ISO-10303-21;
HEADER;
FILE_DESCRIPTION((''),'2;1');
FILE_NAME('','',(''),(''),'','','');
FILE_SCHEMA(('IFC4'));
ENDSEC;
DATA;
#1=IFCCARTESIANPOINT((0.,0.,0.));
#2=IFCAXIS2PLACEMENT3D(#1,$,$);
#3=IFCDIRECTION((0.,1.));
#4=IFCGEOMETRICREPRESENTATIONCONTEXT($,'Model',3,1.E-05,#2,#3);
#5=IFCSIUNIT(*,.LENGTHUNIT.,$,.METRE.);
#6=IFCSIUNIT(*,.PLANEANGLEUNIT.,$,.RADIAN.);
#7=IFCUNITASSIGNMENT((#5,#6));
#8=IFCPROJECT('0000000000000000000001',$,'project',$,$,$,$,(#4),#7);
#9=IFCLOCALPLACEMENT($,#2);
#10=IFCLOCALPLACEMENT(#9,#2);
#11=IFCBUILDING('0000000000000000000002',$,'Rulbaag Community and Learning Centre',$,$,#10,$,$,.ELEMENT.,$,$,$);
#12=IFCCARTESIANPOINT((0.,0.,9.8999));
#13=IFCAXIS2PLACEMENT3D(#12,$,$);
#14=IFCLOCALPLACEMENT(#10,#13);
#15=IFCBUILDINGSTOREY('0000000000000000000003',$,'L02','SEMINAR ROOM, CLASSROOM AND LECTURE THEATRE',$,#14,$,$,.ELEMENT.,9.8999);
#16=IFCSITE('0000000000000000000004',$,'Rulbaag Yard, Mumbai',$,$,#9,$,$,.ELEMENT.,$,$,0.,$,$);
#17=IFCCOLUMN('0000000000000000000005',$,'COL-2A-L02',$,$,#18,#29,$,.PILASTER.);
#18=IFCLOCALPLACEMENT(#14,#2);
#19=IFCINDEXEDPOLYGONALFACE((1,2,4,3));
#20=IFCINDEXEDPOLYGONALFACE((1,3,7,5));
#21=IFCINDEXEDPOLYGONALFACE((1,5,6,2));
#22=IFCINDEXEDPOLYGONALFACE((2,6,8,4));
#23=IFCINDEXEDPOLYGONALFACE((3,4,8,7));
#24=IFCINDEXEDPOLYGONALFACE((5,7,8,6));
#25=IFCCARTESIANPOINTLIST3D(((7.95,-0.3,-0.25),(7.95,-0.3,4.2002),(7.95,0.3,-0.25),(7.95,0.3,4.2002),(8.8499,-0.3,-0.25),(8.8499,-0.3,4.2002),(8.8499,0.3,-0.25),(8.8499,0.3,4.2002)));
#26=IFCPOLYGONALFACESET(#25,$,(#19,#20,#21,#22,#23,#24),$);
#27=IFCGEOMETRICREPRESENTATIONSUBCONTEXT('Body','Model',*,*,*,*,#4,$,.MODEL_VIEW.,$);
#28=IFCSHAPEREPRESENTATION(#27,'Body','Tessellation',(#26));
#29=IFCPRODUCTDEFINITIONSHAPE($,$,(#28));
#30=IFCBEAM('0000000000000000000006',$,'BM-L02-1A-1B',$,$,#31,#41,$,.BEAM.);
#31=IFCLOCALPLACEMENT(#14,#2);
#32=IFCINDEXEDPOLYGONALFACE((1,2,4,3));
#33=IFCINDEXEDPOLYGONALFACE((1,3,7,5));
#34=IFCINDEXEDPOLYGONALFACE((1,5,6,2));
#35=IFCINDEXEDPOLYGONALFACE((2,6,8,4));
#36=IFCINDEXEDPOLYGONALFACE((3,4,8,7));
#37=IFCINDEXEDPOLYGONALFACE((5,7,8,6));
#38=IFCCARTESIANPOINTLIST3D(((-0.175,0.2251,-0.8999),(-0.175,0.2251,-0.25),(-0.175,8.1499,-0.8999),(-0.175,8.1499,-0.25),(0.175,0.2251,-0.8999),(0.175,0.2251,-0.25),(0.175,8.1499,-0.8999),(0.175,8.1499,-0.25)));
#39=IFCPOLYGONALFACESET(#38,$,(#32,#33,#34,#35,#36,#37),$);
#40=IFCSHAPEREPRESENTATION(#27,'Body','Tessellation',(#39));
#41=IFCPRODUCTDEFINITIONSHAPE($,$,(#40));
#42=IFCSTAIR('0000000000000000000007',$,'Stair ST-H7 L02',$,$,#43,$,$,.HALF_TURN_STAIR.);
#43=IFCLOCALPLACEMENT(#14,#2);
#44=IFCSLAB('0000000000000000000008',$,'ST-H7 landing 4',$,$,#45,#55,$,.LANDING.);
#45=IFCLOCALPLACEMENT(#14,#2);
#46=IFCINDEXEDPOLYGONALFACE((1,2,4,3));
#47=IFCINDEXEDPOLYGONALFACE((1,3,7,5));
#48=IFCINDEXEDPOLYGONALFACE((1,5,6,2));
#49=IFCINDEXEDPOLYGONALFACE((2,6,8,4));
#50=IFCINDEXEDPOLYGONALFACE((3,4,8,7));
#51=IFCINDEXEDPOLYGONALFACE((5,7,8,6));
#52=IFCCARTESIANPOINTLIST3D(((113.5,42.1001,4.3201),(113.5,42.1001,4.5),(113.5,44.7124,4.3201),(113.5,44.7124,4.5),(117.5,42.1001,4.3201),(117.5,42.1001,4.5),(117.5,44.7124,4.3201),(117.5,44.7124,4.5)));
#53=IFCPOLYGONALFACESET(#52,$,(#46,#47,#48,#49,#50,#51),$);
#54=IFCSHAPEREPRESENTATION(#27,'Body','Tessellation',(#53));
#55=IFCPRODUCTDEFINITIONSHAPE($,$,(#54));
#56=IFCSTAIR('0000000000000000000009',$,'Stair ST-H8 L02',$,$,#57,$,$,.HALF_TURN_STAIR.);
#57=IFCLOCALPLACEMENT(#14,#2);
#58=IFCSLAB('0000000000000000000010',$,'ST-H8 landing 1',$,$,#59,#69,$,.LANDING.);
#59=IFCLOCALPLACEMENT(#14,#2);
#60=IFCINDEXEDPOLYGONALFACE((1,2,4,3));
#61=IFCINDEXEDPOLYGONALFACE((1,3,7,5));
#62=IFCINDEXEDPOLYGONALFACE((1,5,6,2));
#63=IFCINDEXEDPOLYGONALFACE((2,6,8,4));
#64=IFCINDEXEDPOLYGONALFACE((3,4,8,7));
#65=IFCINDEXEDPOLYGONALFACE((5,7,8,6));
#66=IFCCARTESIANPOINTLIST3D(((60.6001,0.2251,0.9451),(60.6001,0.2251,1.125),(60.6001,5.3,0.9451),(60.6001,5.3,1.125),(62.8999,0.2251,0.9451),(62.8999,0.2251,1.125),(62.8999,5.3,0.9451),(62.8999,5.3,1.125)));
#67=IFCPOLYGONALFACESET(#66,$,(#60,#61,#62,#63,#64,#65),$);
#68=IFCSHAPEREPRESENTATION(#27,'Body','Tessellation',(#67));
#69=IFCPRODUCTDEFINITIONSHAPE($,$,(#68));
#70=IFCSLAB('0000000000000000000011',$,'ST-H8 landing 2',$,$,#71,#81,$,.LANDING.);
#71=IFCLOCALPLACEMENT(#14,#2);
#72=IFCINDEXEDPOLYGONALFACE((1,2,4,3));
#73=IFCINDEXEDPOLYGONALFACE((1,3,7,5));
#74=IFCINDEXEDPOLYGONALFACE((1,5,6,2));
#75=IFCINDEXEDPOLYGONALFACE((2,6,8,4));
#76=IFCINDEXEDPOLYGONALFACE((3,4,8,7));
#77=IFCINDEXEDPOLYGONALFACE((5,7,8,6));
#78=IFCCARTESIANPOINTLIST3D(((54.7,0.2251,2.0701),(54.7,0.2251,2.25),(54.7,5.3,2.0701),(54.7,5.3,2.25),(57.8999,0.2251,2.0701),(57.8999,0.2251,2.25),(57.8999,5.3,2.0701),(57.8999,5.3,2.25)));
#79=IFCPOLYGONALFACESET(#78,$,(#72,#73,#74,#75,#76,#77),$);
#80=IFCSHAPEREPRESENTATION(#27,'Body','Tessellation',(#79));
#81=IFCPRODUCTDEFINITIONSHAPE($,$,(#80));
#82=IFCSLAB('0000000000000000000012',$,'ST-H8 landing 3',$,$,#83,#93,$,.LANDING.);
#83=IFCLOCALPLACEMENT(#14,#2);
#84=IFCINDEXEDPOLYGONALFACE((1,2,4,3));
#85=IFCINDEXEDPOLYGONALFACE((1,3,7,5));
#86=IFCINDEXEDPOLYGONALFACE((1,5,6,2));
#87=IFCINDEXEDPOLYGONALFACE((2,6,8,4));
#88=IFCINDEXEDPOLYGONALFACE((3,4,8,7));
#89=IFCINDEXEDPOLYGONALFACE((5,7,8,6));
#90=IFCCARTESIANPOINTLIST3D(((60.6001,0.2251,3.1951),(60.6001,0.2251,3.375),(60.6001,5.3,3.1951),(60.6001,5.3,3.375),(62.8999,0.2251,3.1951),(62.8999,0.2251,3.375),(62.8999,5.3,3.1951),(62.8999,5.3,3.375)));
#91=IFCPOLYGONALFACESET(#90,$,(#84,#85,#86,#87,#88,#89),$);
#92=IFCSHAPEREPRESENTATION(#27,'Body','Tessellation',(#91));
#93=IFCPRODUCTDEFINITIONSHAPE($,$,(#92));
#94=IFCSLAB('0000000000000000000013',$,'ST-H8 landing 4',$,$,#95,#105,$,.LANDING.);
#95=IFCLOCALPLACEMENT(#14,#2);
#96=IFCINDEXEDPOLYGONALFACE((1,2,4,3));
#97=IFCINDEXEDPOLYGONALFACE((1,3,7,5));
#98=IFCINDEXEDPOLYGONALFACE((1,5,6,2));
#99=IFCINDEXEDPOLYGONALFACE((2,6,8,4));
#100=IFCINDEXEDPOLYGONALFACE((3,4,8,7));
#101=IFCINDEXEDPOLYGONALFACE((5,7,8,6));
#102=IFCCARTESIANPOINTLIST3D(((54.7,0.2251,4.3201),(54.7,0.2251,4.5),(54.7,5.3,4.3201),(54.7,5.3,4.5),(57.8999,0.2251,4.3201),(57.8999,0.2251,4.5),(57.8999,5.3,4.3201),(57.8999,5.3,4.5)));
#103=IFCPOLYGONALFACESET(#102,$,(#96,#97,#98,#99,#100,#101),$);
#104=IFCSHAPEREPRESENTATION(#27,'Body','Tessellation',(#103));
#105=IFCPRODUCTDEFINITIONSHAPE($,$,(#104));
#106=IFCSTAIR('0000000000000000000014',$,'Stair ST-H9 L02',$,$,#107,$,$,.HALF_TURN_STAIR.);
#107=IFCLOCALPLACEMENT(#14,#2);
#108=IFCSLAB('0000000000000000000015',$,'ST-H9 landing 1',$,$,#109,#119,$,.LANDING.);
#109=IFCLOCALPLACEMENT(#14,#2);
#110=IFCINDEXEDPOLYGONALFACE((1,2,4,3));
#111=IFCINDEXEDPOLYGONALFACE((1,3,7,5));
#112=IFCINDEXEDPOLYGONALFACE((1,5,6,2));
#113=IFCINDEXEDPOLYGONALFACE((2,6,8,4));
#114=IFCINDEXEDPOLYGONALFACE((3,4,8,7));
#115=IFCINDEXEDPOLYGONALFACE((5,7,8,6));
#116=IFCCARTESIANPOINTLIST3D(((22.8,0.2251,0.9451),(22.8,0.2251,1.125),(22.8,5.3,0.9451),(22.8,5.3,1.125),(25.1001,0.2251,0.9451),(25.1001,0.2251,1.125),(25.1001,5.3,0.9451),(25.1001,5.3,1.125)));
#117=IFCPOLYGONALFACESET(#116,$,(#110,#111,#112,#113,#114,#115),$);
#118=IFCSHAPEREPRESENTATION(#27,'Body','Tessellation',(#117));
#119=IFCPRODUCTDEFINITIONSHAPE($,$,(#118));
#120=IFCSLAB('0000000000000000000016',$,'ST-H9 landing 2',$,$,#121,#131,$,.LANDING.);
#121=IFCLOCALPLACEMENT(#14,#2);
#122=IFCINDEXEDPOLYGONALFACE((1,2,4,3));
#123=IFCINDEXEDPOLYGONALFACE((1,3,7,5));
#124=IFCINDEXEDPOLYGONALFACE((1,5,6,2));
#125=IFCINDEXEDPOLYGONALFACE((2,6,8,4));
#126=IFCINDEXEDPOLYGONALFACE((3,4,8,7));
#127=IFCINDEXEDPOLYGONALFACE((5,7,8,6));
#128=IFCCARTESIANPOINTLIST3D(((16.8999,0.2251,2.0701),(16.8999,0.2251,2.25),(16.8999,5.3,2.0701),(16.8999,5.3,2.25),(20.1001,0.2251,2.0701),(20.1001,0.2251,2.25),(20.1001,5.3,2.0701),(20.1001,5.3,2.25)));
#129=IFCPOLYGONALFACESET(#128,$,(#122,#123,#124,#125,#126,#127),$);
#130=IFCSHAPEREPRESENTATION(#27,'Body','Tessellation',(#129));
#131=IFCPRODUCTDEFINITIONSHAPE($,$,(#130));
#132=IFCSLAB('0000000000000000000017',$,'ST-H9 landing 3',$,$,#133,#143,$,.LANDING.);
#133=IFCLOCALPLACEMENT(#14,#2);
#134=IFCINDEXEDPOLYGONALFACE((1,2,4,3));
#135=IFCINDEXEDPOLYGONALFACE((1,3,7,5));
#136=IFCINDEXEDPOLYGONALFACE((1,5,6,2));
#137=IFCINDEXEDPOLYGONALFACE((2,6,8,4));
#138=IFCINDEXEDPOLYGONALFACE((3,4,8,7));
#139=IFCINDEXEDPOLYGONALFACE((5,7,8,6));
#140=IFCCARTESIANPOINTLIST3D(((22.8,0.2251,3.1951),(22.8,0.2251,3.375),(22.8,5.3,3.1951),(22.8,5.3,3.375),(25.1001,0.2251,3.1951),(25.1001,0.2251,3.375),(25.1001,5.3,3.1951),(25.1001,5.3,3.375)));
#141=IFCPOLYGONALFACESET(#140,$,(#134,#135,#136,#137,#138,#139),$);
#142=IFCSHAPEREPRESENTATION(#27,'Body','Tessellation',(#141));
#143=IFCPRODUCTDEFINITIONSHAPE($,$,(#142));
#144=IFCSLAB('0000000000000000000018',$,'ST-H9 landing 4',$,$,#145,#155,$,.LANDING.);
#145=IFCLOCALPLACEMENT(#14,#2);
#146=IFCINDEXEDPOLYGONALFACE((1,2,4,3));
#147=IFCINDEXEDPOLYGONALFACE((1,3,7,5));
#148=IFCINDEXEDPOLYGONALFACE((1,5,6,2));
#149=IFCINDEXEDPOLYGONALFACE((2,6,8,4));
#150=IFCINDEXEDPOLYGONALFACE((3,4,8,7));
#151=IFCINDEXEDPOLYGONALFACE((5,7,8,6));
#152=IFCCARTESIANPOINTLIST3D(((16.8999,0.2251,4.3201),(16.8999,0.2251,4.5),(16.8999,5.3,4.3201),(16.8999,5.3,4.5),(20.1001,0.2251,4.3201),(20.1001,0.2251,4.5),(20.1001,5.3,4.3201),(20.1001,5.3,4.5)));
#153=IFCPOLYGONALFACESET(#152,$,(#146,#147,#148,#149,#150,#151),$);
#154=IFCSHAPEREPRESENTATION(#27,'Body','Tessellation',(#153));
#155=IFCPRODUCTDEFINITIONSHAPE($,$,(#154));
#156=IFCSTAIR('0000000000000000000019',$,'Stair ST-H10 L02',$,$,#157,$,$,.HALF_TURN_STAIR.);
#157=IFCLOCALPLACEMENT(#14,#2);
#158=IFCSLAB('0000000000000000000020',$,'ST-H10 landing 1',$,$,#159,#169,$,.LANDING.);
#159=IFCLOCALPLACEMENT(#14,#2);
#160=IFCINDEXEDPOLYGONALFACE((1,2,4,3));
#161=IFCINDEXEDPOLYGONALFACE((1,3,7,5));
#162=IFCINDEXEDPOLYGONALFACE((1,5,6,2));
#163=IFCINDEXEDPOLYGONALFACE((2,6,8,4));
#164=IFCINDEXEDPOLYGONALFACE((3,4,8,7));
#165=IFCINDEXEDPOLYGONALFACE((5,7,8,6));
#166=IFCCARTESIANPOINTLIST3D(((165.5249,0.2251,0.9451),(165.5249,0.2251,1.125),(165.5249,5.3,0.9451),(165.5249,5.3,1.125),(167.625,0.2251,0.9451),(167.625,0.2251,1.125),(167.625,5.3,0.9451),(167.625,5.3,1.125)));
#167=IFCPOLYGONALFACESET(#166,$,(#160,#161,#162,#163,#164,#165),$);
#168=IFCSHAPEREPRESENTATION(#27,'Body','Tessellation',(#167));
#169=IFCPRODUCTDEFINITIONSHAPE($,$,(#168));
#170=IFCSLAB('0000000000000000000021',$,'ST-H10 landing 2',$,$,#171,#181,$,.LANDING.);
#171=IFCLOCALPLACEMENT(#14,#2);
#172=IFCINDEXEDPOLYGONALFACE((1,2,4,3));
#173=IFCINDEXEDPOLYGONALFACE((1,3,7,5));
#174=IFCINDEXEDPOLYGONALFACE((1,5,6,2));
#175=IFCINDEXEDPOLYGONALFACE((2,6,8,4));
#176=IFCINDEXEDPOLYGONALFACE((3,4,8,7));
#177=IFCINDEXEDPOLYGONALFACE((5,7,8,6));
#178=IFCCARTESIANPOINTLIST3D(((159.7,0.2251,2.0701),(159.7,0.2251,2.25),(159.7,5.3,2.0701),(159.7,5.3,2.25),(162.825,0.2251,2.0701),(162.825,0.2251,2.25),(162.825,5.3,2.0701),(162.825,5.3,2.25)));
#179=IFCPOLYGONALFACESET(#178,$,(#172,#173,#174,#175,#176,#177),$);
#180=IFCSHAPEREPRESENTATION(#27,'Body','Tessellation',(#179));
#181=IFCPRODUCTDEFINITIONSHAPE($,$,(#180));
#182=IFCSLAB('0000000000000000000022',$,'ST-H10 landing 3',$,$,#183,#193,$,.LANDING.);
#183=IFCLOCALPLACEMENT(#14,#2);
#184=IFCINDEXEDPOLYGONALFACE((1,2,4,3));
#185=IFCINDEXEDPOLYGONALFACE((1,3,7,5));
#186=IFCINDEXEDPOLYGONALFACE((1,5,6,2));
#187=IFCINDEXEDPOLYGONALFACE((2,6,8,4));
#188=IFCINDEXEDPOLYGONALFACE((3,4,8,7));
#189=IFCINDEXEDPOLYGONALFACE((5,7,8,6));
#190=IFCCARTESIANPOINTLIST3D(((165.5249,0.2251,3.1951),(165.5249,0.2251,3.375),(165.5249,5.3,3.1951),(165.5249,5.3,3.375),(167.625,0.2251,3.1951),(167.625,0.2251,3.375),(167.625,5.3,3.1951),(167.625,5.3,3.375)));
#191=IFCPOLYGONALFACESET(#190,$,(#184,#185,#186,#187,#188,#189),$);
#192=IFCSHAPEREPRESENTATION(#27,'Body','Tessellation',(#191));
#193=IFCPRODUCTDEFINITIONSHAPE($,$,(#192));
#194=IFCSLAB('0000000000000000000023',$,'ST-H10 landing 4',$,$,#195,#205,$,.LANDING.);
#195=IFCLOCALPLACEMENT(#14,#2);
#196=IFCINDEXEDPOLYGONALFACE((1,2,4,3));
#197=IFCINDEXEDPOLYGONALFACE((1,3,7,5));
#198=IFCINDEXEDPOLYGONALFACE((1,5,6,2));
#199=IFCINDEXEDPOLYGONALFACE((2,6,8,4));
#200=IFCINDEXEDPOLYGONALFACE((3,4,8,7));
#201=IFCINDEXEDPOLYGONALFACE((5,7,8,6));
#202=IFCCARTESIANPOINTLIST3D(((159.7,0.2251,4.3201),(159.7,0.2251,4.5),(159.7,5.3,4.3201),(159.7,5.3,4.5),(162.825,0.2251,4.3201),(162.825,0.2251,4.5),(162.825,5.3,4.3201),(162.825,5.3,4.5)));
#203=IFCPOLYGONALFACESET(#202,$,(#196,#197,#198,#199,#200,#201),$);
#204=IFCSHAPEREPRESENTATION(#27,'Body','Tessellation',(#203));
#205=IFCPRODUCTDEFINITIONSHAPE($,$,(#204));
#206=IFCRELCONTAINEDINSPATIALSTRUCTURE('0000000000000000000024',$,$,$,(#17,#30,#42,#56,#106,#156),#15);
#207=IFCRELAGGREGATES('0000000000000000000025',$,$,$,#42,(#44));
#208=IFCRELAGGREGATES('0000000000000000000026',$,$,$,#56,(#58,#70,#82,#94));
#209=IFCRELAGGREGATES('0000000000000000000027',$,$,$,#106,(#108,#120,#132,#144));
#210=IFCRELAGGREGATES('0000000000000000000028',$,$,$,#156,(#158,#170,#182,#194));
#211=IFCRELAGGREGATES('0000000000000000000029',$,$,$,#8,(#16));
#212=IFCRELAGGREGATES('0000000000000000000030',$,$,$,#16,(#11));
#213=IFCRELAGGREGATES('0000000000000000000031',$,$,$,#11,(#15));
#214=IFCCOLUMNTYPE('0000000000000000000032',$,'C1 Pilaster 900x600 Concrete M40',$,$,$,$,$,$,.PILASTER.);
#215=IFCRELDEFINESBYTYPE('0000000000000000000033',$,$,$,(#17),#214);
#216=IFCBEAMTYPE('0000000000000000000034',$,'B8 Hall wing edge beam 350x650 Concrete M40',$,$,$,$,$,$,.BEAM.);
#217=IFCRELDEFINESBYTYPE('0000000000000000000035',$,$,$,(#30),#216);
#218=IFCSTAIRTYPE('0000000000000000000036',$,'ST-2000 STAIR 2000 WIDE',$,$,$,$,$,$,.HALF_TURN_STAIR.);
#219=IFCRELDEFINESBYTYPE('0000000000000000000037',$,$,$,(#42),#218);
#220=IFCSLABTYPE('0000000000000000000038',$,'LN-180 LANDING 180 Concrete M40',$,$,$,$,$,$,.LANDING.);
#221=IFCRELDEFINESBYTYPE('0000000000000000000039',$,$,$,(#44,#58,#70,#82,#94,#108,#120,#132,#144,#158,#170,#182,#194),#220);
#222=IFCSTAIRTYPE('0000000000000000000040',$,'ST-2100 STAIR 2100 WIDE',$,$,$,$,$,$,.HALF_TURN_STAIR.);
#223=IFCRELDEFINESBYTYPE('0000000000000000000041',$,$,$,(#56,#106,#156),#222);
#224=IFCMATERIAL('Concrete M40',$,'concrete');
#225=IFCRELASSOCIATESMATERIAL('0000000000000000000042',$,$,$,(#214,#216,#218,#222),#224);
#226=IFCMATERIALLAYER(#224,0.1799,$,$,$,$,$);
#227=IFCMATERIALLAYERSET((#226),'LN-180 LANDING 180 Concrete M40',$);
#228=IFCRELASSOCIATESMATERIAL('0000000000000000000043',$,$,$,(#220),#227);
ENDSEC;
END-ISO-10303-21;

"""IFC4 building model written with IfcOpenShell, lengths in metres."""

from ifc_helpers import new_model, si_unit, direction, frame, origin, origin_2d, place, context, subcontext, project, spatial, polyline, rectangle, outline, extrude, material, layer, layer_set, material_profile, profile_set, type_object, element, aggregate, save


model = new_model("IFC4")

# Units and contexts
model_context = context("Model", 3, precision=1e-05, world=origin(), true_north=direction((0.0, 1.0)))
body_context = subcontext(model_context, "Body", "Model", "MODEL_VIEW")
ifc_project = project(units=[si_unit("LENGTHUNIT", "METRE"), si_unit("PLANEANGLEUNIT", "RADIAN")], contexts=[model_context])

# Site, building, storey
site_placement = place(None, origin())
site = spatial("IfcSite", under=ifc_project, at=site_placement, Name="Rulbaag Yard, Mumbai", CompositionType="ELEMENT", RefElevation=0.0)
building_placement = place(site_placement, origin())
building = spatial("IfcBuilding", under=site, at=building_placement, Name="Rulbaag Community and Learning Centre", CompositionType="ELEMENT")
storey_placement = place(building_placement, frame((0.0, 0.0, 9.8999)))
storey = spatial("IfcBuildingStorey", under=building, at=storey_placement, Name="L02", Description="SEMINAR ROOM, CLASSROOM AND LECTURE THEATRE", CompositionType="ELEMENT", Elevation=9.8999)

# Column
ifc_material = material(Name="Concrete M40", Category="concrete")
ifc_material_profile_1 = material_profile(ifc_material, rectangle(XDim=0.8999, YDim=0.6001, at=origin_2d()), Name="RC900x600")
ifc_profile_set_1 = profile_set([ifc_material_profile_1], Name="Concrete M40")
column_type = type_object("IfcColumnType", Name="C1 Pilaster 900x600 Concrete M40", PredefinedType="PILASTER", material=ifc_profile_set_1)
column_placement = place(storey_placement, frame((8.3999, 0.0, -0.25), z_axis=(0.0, 0.0, 1.0), x_axis=(1.0, 0.0, 0.0)))
element("IfcColumn", 1, at=column_placement, inside=storey, type_object=column_type, Name="COL-2A-L02", PredefinedType="PILASTER", context=body_context, shape_type="SweptSolid", body=[
    extrude(rectangle(XDim=0.8999, YDim=0.6001, at=origin_2d()), origin(), (0.0, 0.0, 1.0), 4.4502),
])

# Beam
ifc_material_profile_2 = material_profile(ifc_material, rectangle(XDim=0.3501, YDim=0.6499, at=origin_2d()), Name="RB350x650")
ifc_profile_set_2 = profile_set([ifc_material_profile_2], Name="Concrete M40")
beam_type = type_object("IfcBeamType", Name="B8 Hall wing edge beam 350x650 Concrete M40", PredefinedType="BEAM", material=ifc_profile_set_2)
beam_placement = place(storey_placement, frame((0.0, 0.2251, -0.575), z_axis=(0.0, 1.0, 0.0), x_axis=(-1.0, 0.0, 0.0)))
element("IfcBeam", 2, at=beam_placement, inside=storey, type_object=beam_type, Name="BM-L02-1A-1B", PredefinedType="BEAM", context=body_context, shape_type="SweptSolid", body=[
    extrude(rectangle(XDim=0.3501, YDim=0.6499, at=origin_2d()), origin(), (0.0, 0.0, 1.0), 7.9248),
])

# Stair, slab
stair_type_1 = type_object("IfcStairType", Name="ST-2000 STAIR 2000 WIDE", PredefinedType="HALF_TURN_STAIR", material=ifc_material)
stair_1_placement = place(storey_placement, origin())
stair_1 = element("IfcStair", 3, at=stair_1_placement, inside=storey, type_object=stair_type_1, Name="Stair ST-H7 L02", PredefinedType="HALF_TURN_STAIR")
ifc_layer = layer(ifc_material, 0.1799)
ifc_layer_set = layer_set([ifc_layer], Name="LN-180 LANDING 180 Concrete M40")
slab_type = type_object("IfcSlabType", Name="LN-180 LANDING 180 Concrete M40", PredefinedType="LANDING", material=ifc_layer_set)
slab_1_placement = place(storey_placement, frame((0.0, 0.0, 4.3201)))
slab_1 = element("IfcSlab", 4, at=slab_1_placement, type_object=slab_type, Name="ST-H7 landing 4", PredefinedType="LANDING", context=body_context, shape_type="SweptSolid", body=[
    extrude(outline(polyline([(113.5, 42.1001), (113.5, 44.7124), (117.5, 44.7124), (117.5, 42.1001), (113.5, 42.1001)])), origin(), (0.0, 0.0, 1.0), 0.1799),
])
aggregate(stair_1, [slab_1])

# Stairs, slabs
stair_type_2 = type_object("IfcStairType", Name="ST-2100 STAIR 2100 WIDE", PredefinedType="HALF_TURN_STAIR", material=ifc_material)
stair_2_placement = place(storey_placement, origin())
stair_2 = element("IfcStair", 5, at=stair_2_placement, inside=storey, type_object=stair_type_2, Name="Stair ST-H8 L02", PredefinedType="HALF_TURN_STAIR")
slab_2_placement = place(storey_placement, frame((0.0, 0.0, 0.9451)))
slab_2 = element("IfcSlab", 6, at=slab_2_placement, type_object=slab_type, Name="ST-H8 landing 1", PredefinedType="LANDING", context=body_context, shape_type="SweptSolid", body=[
    extrude(outline(polyline([(60.6001, 0.2251), (62.8999, 0.2251), (62.8999, 5.3), (60.6001, 5.3), (60.6001, 0.2251)])), origin(), (0.0, 0.0, 1.0), 0.1799),
])
slab_3_placement = place(storey_placement, frame((0.0, 0.0, 2.0701)))
slab_3 = element("IfcSlab", 7, at=slab_3_placement, type_object=slab_type, Name="ST-H8 landing 2", PredefinedType="LANDING", context=body_context, shape_type="SweptSolid", body=[
    extrude(outline(polyline([(54.7, 0.2251), (57.8999, 0.2251), (57.8999, 5.3), (54.7, 5.3), (54.7, 0.2251)])), origin(), (0.0, 0.0, 1.0), 0.1799),
])
slab_4_placement = place(storey_placement, frame((0.0, 0.0, 3.1951)))
slab_4 = element("IfcSlab", 8, at=slab_4_placement, type_object=slab_type, Name="ST-H8 landing 3", PredefinedType="LANDING", context=body_context, shape_type="SweptSolid", body=[
    extrude(outline(polyline([(60.6001, 0.2251), (62.8999, 0.2251), (62.8999, 5.3), (60.6001, 5.3), (60.6001, 0.2251)])), origin(), (0.0, 0.0, 1.0), 0.1799),
])
slab_5_placement = place(storey_placement, frame((0.0, 0.0, 4.3201)))
slab_5 = element("IfcSlab", 9, at=slab_5_placement, type_object=slab_type, Name="ST-H8 landing 4", PredefinedType="LANDING", context=body_context, shape_type="SweptSolid", body=[
    extrude(outline(polyline([(54.7, 0.2251), (57.8999, 0.2251), (57.8999, 5.3), (54.7, 5.3), (54.7, 0.2251)])), origin(), (0.0, 0.0, 1.0), 0.1799),
])
aggregate(stair_2, [slab_2, slab_3, slab_4, slab_5])
stair_3_placement = place(storey_placement, origin())
stair_3 = element("IfcStair", 10, at=stair_3_placement, inside=storey, type_object=stair_type_2, Name="Stair ST-H9 L02", PredefinedType="HALF_TURN_STAIR")
slab_6_placement = place(storey_placement, frame((0.0, 0.0, 0.9451)))
slab_6 = element("IfcSlab", 11, at=slab_6_placement, type_object=slab_type, Name="ST-H9 landing 1", PredefinedType="LANDING", context=body_context, shape_type="SweptSolid", body=[
    extrude(outline(polyline([(22.8, 0.2251), (25.1001, 0.2251), (25.1001, 5.3), (22.8, 5.3), (22.8, 0.2251)])), origin(), (0.0, 0.0, 1.0), 0.1799),
])
slab_7_placement = place(storey_placement, frame((0.0, 0.0, 2.0701)))
slab_7 = element("IfcSlab", 12, at=slab_7_placement, type_object=slab_type, Name="ST-H9 landing 2", PredefinedType="LANDING", context=body_context, shape_type="SweptSolid", body=[
    extrude(outline(polyline([(16.8999, 0.2251), (20.1001, 0.2251), (20.1001, 5.3), (16.8999, 5.3), (16.8999, 0.2251)])), origin(), (0.0, 0.0, 1.0), 0.1799),
])
slab_8_placement = place(storey_placement, frame((0.0, 0.0, 3.1951)))
slab_8 = element("IfcSlab", 13, at=slab_8_placement, type_object=slab_type, Name="ST-H9 landing 3", PredefinedType="LANDING", context=body_context, shape_type="SweptSolid", body=[
    extrude(outline(polyline([(22.8, 0.2251), (25.1001, 0.2251), (25.1001, 5.3), (22.8, 5.3), (22.8, 0.2251)])), origin(), (0.0, 0.0, 1.0), 0.1799),
])
slab_9_placement = place(storey_placement, frame((0.0, 0.0, 4.3201)))
slab_9 = element("IfcSlab", 14, at=slab_9_placement, type_object=slab_type, Name="ST-H9 landing 4", PredefinedType="LANDING", context=body_context, shape_type="SweptSolid", body=[
    extrude(outline(polyline([(16.8999, 0.2251), (20.1001, 0.2251), (20.1001, 5.3), (16.8999, 5.3), (16.8999, 0.2251)])), origin(), (0.0, 0.0, 1.0), 0.1799),
])
aggregate(stair_3, [slab_6, slab_7, slab_8, slab_9])
stair_4_placement = place(storey_placement, origin())
stair_4 = element("IfcStair", 15, at=stair_4_placement, inside=storey, type_object=stair_type_2, Name="Stair ST-H10 L02", PredefinedType="HALF_TURN_STAIR")
slab_10_placement = place(storey_placement, frame((0.0, 0.0, 0.9451)))
slab_10 = element("IfcSlab", 16, at=slab_10_placement, type_object=slab_type, Name="ST-H10 landing 1", PredefinedType="LANDING", context=body_context, shape_type="SweptSolid", body=[
    extrude(outline(polyline([(165.5249, 0.2251), (167.625, 0.2251), (167.625, 5.3), (165.5249, 5.3), (165.5249, 0.2251)])), origin(), (0.0, 0.0, 1.0), 0.1799),
])
slab_11_placement = place(storey_placement, frame((0.0, 0.0, 2.0701)))
slab_11 = element("IfcSlab", 17, at=slab_11_placement, type_object=slab_type, Name="ST-H10 landing 2", PredefinedType="LANDING", context=body_context, shape_type="SweptSolid", body=[
    extrude(outline(polyline([(159.7, 0.2251), (162.825, 0.2251), (162.825, 5.3), (159.7, 5.3), (159.7, 0.2251)])), origin(), (0.0, 0.0, 1.0), 0.1799),
])
slab_12_placement = place(storey_placement, frame((0.0, 0.0, 3.1951)))
slab_12 = element("IfcSlab", 18, at=slab_12_placement, type_object=slab_type, Name="ST-H10 landing 3", PredefinedType="LANDING", context=body_context, shape_type="SweptSolid", body=[
    extrude(outline(polyline([(165.5249, 0.2251), (167.625, 0.2251), (167.625, 5.3), (165.5249, 5.3), (165.5249, 0.2251)])), origin(), (0.0, 0.0, 1.0), 0.1799),
])
slab_13_placement = place(storey_placement, frame((0.0, 0.0, 4.3201)))
slab_13 = element("IfcSlab", 19, at=slab_13_placement, type_object=slab_type, Name="ST-H10 landing 4", PredefinedType="LANDING", context=body_context, shape_type="SweptSolid", body=[
    extrude(outline(polyline([(159.7, 0.2251), (162.825, 0.2251), (162.825, 5.3), (159.7, 5.3), (159.7, 0.2251)])), origin(), (0.0, 0.0, 1.0), 0.1799),
])
aggregate(stair_4, [slab_10, slab_11, slab_12, slab_13])

save(model, "model.ifc")
